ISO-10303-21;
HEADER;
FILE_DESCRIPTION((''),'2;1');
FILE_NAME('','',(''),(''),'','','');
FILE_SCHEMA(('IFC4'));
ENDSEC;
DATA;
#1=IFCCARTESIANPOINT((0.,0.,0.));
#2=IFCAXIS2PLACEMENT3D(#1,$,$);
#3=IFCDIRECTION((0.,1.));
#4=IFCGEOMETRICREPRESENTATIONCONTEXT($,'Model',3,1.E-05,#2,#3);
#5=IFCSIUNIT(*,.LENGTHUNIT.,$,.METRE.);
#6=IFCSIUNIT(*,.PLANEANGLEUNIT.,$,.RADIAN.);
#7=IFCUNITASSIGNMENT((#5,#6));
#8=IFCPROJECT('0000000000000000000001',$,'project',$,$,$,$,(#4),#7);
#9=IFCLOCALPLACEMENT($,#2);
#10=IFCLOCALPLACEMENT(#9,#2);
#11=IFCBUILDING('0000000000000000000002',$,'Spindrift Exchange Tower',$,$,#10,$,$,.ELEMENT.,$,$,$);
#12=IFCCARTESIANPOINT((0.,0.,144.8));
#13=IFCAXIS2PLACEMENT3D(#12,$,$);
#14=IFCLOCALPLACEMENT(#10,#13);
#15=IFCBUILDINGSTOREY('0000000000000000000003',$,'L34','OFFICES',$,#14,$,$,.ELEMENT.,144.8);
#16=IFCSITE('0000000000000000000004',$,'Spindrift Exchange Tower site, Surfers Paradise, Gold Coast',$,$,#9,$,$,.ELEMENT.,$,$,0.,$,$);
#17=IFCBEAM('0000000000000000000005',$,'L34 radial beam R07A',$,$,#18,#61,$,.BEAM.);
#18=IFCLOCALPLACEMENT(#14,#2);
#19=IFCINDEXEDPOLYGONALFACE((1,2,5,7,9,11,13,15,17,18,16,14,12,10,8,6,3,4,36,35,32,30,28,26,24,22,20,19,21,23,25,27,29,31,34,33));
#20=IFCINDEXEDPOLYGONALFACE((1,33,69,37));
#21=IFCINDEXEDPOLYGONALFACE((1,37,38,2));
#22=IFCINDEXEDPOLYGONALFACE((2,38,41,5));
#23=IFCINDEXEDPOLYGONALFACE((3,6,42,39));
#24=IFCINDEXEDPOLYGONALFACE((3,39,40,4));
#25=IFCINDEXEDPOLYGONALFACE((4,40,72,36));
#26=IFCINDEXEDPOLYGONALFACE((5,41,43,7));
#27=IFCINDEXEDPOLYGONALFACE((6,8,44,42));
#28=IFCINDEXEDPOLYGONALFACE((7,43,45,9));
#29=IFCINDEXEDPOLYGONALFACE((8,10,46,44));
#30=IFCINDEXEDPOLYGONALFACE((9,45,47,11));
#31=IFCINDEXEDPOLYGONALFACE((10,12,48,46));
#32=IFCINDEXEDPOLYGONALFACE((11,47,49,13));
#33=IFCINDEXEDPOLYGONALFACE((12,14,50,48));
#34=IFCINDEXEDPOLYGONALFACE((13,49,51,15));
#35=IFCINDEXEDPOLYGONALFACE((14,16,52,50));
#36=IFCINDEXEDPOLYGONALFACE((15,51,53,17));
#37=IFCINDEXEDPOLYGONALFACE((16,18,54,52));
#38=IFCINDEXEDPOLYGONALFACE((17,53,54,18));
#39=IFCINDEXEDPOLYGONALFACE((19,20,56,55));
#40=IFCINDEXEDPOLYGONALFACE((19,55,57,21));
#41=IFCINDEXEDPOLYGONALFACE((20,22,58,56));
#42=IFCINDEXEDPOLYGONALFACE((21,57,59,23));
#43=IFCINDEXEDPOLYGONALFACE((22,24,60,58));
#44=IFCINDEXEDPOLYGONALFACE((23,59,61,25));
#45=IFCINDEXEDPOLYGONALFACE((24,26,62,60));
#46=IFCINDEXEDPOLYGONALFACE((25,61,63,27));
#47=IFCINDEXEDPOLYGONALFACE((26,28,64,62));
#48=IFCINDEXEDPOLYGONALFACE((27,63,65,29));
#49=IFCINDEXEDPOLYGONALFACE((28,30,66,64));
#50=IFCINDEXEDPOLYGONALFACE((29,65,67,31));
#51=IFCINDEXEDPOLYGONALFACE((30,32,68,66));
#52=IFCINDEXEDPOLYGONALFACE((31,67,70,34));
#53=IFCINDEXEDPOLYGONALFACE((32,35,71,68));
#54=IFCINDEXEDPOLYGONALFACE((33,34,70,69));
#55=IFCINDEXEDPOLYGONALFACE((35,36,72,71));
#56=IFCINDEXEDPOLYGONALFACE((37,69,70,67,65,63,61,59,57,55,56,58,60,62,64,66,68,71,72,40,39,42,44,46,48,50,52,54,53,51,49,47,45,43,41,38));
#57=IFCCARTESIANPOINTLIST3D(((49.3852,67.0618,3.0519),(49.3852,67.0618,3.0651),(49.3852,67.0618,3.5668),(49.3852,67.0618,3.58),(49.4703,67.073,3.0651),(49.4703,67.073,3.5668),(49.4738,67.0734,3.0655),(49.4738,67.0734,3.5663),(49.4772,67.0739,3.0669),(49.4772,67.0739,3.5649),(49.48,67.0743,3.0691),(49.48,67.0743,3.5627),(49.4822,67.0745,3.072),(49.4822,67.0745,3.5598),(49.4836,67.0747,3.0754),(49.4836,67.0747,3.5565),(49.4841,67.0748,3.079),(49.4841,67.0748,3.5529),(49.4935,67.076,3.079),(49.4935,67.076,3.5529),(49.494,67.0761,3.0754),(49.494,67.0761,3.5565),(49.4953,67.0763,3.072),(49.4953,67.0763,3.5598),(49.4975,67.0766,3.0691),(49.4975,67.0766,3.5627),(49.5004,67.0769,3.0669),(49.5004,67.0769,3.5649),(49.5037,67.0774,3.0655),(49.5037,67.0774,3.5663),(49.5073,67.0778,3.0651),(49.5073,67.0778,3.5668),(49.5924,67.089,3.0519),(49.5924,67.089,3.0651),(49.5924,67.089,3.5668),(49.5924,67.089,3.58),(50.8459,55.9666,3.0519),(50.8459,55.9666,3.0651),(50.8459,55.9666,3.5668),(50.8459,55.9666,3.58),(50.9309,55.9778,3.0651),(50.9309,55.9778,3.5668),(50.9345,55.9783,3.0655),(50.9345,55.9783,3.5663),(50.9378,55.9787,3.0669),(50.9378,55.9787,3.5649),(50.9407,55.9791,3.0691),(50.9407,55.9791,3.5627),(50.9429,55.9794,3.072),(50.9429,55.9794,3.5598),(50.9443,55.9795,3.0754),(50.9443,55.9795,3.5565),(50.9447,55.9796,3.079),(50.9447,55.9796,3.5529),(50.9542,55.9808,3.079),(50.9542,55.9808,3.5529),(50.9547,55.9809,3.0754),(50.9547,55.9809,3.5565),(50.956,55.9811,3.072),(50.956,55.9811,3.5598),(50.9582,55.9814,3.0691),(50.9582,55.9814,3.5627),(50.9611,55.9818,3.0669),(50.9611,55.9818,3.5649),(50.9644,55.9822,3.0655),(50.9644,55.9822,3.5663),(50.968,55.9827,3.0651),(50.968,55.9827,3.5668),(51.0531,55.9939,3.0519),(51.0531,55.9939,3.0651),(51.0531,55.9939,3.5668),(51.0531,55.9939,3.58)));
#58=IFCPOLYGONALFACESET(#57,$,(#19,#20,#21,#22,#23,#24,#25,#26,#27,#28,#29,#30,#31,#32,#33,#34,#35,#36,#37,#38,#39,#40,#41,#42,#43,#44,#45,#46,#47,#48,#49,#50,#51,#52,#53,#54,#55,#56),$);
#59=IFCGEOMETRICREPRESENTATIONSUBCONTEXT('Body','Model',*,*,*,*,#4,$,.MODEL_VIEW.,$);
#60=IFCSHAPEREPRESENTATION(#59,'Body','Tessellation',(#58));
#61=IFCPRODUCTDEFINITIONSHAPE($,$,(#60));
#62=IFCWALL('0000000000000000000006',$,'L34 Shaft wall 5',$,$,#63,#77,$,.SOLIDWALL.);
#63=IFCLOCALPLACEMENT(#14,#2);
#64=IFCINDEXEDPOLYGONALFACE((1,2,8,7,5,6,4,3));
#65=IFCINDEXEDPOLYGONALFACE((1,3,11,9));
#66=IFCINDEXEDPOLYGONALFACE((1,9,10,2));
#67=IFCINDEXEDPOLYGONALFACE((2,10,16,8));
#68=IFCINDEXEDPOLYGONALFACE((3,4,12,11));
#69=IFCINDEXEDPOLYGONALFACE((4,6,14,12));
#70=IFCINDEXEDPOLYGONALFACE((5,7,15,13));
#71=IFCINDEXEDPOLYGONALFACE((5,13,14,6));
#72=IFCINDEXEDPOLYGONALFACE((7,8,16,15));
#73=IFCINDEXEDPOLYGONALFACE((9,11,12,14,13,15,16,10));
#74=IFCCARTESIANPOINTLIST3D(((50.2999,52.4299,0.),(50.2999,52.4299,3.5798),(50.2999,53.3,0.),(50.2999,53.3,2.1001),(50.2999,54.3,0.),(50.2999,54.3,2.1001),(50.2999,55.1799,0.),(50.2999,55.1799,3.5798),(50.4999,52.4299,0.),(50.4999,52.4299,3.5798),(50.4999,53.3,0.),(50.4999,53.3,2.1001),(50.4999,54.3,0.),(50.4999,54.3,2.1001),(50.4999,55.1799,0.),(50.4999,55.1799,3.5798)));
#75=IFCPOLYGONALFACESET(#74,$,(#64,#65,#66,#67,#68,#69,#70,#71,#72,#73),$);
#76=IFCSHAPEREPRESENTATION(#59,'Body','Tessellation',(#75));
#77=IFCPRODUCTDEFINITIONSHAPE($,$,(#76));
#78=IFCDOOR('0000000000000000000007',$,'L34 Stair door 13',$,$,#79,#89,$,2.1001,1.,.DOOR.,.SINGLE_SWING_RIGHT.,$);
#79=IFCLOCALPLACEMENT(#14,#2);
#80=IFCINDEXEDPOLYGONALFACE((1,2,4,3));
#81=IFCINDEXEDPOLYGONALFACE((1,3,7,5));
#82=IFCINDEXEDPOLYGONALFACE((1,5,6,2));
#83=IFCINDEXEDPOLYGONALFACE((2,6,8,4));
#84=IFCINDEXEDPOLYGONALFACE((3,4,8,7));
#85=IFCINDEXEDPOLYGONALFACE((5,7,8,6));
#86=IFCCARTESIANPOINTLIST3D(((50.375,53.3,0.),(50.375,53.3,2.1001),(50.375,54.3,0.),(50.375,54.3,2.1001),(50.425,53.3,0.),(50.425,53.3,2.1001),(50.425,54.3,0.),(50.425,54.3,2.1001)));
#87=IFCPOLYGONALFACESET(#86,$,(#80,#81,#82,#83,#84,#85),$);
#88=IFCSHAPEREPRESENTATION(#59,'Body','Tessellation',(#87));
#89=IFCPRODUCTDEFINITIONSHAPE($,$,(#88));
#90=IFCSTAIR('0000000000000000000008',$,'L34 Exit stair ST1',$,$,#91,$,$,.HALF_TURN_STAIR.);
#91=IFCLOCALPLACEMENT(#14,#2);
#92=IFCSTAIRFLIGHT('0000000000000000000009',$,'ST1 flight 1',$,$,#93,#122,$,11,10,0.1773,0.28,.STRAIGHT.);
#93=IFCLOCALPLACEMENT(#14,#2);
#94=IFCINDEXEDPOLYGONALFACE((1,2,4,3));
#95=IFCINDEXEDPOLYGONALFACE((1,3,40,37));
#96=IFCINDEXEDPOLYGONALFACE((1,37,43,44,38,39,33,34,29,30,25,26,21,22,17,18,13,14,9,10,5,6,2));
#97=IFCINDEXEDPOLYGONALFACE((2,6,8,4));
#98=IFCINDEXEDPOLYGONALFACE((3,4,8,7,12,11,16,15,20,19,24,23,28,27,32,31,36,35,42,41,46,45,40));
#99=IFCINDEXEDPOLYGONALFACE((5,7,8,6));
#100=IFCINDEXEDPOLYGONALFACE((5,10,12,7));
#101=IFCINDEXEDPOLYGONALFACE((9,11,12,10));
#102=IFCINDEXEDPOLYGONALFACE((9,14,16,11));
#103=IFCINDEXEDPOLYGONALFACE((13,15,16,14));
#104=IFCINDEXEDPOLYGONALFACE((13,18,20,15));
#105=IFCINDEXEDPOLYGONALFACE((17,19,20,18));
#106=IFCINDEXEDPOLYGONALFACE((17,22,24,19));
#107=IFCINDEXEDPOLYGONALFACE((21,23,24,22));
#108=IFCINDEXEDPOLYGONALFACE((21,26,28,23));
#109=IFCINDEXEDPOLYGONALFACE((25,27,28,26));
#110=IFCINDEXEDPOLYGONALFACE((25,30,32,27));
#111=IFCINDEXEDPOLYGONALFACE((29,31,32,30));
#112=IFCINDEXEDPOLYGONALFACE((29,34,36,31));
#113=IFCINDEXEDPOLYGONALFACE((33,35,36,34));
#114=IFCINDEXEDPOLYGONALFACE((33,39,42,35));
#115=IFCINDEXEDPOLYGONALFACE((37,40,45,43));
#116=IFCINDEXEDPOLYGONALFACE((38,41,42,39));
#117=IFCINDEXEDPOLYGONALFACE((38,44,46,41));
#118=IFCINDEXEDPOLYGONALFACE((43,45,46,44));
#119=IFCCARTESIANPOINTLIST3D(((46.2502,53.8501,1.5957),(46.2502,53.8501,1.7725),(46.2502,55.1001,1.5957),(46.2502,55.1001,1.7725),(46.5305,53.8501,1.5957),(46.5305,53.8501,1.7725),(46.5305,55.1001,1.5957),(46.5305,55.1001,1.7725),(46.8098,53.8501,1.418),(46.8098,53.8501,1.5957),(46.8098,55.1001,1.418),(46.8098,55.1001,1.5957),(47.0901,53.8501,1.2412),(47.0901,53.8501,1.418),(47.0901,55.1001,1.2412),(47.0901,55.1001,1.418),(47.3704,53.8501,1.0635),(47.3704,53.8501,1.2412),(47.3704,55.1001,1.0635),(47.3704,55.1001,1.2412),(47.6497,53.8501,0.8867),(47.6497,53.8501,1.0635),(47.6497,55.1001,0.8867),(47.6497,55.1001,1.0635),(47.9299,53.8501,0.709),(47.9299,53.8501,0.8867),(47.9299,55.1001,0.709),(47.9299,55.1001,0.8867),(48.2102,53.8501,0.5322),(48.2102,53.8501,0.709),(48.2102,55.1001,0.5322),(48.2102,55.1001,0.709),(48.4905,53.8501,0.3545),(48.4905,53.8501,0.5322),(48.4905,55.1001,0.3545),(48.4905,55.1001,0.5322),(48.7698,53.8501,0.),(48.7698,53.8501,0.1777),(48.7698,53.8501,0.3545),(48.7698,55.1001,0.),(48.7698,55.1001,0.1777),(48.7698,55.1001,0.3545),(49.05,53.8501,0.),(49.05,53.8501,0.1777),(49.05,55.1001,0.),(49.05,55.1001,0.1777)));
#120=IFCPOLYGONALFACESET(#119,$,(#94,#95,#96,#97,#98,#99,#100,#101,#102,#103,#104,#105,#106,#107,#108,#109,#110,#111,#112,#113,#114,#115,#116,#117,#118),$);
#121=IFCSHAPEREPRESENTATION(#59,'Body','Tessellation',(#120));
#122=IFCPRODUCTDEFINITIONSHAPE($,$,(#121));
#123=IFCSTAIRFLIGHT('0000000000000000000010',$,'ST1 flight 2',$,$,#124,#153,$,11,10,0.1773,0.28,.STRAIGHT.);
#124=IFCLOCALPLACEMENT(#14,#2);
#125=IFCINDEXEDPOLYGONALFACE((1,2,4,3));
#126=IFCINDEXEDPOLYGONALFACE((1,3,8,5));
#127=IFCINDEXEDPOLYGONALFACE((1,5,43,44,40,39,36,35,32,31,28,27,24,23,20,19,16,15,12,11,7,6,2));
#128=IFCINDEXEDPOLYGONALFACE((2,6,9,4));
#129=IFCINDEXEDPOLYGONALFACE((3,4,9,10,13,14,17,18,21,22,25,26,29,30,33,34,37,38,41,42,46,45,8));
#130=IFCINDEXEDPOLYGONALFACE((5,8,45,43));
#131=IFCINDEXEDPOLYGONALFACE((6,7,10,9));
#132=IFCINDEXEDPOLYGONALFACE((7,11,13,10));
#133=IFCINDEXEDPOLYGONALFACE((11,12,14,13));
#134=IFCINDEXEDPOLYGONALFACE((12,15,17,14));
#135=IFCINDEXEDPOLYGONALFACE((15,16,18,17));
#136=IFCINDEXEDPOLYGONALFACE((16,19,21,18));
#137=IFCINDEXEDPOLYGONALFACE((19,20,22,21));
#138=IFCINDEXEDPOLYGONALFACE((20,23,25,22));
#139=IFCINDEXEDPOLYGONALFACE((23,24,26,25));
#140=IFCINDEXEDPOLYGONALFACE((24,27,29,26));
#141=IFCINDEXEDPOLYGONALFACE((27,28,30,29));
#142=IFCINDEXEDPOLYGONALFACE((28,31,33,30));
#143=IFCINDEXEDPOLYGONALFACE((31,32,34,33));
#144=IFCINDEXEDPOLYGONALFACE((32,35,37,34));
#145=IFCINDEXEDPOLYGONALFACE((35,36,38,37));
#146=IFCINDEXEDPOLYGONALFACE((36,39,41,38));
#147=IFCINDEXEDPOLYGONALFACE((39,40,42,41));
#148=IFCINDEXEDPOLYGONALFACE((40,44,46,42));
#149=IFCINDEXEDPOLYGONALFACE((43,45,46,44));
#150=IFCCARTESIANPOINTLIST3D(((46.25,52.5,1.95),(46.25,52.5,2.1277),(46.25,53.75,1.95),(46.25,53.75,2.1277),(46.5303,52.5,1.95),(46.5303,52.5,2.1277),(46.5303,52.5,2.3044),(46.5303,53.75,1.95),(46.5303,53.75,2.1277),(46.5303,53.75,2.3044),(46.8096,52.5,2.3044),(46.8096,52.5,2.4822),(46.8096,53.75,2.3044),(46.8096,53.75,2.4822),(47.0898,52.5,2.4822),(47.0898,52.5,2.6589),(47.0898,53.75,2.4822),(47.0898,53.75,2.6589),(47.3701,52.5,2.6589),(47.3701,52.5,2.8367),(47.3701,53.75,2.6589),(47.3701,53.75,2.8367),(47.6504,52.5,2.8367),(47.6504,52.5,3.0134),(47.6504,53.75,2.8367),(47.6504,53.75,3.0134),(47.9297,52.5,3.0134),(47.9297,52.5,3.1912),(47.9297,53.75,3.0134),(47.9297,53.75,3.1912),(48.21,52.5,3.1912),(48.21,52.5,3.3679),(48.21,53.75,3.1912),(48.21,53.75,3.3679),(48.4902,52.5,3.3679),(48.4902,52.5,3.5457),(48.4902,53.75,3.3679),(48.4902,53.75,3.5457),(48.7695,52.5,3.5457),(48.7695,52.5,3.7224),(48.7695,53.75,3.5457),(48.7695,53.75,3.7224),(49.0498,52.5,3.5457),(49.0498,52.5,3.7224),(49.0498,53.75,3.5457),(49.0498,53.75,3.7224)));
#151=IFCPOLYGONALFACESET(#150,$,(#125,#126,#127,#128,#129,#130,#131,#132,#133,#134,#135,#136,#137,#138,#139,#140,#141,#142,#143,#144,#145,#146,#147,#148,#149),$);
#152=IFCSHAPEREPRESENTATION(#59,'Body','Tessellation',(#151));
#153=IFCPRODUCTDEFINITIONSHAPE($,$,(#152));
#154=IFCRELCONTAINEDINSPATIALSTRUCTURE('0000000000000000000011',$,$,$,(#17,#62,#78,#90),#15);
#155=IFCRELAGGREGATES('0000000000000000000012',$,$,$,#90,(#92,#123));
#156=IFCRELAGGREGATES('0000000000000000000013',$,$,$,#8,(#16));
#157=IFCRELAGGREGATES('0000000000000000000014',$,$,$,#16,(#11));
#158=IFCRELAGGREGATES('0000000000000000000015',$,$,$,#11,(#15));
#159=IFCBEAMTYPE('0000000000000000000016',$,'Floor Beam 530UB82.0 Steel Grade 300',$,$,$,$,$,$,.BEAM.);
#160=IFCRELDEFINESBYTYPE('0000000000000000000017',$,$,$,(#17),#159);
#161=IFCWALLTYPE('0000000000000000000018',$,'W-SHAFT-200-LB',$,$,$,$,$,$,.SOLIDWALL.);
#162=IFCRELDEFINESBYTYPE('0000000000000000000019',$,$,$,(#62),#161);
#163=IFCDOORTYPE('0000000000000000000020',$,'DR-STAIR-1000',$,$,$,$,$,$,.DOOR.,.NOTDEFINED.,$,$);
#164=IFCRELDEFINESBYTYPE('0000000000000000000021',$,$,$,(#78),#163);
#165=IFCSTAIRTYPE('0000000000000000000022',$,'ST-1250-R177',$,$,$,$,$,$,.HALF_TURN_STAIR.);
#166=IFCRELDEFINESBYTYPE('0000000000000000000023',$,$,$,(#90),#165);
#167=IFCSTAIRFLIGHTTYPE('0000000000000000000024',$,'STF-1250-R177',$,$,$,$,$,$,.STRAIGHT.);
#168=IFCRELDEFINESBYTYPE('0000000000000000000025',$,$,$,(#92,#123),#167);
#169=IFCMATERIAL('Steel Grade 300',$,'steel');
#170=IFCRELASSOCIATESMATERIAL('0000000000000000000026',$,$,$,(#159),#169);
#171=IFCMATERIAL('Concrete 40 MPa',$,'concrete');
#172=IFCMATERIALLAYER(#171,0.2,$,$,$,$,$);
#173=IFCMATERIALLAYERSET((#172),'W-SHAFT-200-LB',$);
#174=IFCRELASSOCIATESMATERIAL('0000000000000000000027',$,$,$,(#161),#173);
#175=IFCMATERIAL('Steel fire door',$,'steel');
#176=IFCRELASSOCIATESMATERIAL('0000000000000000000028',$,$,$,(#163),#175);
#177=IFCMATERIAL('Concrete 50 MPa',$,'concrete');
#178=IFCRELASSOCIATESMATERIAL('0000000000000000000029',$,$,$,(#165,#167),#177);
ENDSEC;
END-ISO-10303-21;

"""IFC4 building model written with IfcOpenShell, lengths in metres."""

from ifc_helpers import new_model, si_unit, direction, frame, frame_2d, origin, origin_2d, place, context, subcontext, project, spatial, line, indexed_curve, rectangle, i_section, outline, extrude, source, transform, mapped, material, layer, layer_set, material_profile, profile_set, type_object, element, fill, aggregate, save


model = new_model("IFC4")

# Units and contexts
model_context = context("Model", 3, precision=1e-05, world=origin(), true_north=direction((0.0, 1.0)))
body_context = subcontext(model_context, "Body", "Model", "MODEL_VIEW")
ifc_project = project(units=[si_unit("LENGTHUNIT", "METRE"), si_unit("PLANEANGLEUNIT", "RADIAN")], contexts=[model_context])

# Site, building, storey
site_placement = place(None, origin())
site = spatial("IfcSite", under=ifc_project, at=site_placement, Name="Spindrift Exchange Tower site, Surfers Paradise, Gold Coast", CompositionType="ELEMENT", RefElevation=0.0)
building_placement = place(site_placement, origin())
building = spatial("IfcBuilding", under=site, at=building_placement, Name="Spindrift Exchange Tower", CompositionType="ELEMENT")
storey_placement = place(building_placement, frame((0.0, 0.0, 144.8)))
storey = spatial("IfcBuildingStorey", under=building, at=storey_placement, Name="L34", Description="OFFICES", CompositionType="ELEMENT", Elevation=144.8)

# Beam
ifc_material_1 = material(Name="Steel Grade 300", Category="steel")
ifc_material_profile = material_profile(ifc_material_1, i_section(OverallWidth=0.209, OverallDepth=0.5281, WebThickness=0.0095, FlangeThickness=0.0132, FilletRadius=0.0139, at=origin_2d()), Name="530UB82.0")
ifc_profile_set = profile_set([ifc_material_profile], Name="Steel Grade 300")
beam_type = type_object("IfcBeamType", Name="Floor Beam 530UB82.0 Steel Grade 300", PredefinedType="BEAM", material=ifc_profile_set)
shared_shape_1 = source(origin(), body_context, "Body", "SweptSolid", [
    extrude(i_section(OverallWidth=0.209, OverallDepth=0.5281, WebThickness=0.0095, FlangeThickness=0.0132, FilletRadius=0.0139, at=origin_2d()), origin(), (0.0, 0.0, 1.0), 11.1909),
])
beam_placement = place(storey_placement, frame((50.9495, 55.9802, 3.3159), z_axis=(-0.130524, 0.991445, 0.0), x_axis=(-0.991445, -0.130524, 0.0)))
element("IfcBeam", 1, at=beam_placement, inside=storey, type_object=beam_type, Name="L34 radial beam R07A", PredefinedType="BEAM", context=body_context, shape_type="MappedRepresentation", body=[
    mapped(shared_shape_1, transform((0.0, 0.0, 0.0), scale=1.0)),
])

# Wall, opening, door
ifc_material_2 = material(Name="Concrete 40 MPa", Category="concrete")
ifc_layer = layer(ifc_material_2, 0.2)
ifc_layer_set = layer_set([ifc_layer], Name="W-SHAFT-200-LB")
wall_type = type_object("IfcWallType", Name="W-SHAFT-200-LB", PredefinedType="SOLIDWALL", material=ifc_layer_set)
wall_placement = place(storey_placement, frame((50.3999, 52.4299, 0.0), z_axis=(0.0, 0.0, 1.0), x_axis=(0.0, 1.0, 0.0)))
wall = element("IfcWall", 2, at=wall_placement, inside=storey, type_object=wall_type, Name="L34 Shaft wall 5", PredefinedType="SOLIDWALL", context=body_context, shape_type="SweptSolid", body=[
    extrude(rectangle(XDim=2.75, YDim=0.2, at=frame_2d((1.375, 0.0))), origin(), (0.0, 0.0, 1.0), 3.5798),
])
opening_placement = place(wall_placement, frame((0.8701, 0.0, 0.0)))
opening = element("IfcOpeningElement", 3, at=opening_placement, cuts=wall, PredefinedType="OPENING", context=body_context, shape_type="SweptSolid", body=[
    extrude(rectangle(XDim=1.0, YDim=2.1001, at=frame_2d((0.5, 1.05))), frame((0.0, 0.1099, 0.0), z_axis=(0.0, -1.0, 0.0), x_axis=(1.0, 0.0, 0.0)), (0.0, 0.0, 1.0), 0.22),
])
ifc_material_3 = material(Name="Steel fire door", Category="steel")
door_type = type_object("IfcDoorType", Name="DR-STAIR-1000", OperationType="NOTDEFINED", PredefinedType="DOOR", material=ifc_material_3)
shared_shape_2 = source(origin(), body_context, "Body", "SweptSolid", [
    extrude(rectangle(XDim=1.0, YDim=2.1001, at=frame_2d((0.5, 1.05))), frame((0.0, 0.0249, 0.0), z_axis=(0.0, -1.0, 0.0), x_axis=(1.0, 0.0, 0.0)), (0.0, 0.0, 1.0), 0.05),
])
door_placement = place(opening_placement, origin())
door = element("IfcDoor", 4, at=door_placement, inside=storey, type_object=door_type, Name="L34 Stair door 13", OperationType="SINGLE_SWING_RIGHT", OverallHeight=2.1001, OverallWidth=1.0, PredefinedType="DOOR", context=body_context, shape_type="MappedRepresentation", body=[
    mapped(shared_shape_2, transform((0.0, 0.0, 0.0), scale=1.0)),
])
fill(opening, door)

# Stair, stair flights
ifc_material_4 = material(Name="Concrete 50 MPa", Category="concrete")
stair_type = type_object("IfcStairType", Name="ST-1250-R177", PredefinedType="HALF_TURN_STAIR", material=ifc_material_4)
stair_placement = place(storey_placement, origin())
stair = element("IfcStair", 5, at=stair_placement, inside=storey, type_object=stair_type, Name="L34 Exit stair ST1", PredefinedType="HALF_TURN_STAIR")
stair_flight_type = type_object("IfcStairFlightType", Name="STF-1250-R177", PredefinedType="STRAIGHT", material=ifc_material_4)
stair_flight_1_placement = place(storey_placement, frame((49.05, 54.4751, 0.0), z_axis=(0.0, 0.0, 1.0), x_axis=(-1.0, 0.0, 0.0)))
stair_flight_1 = element("IfcStairFlight", 6, at=stair_flight_1_placement, type_object=stair_flight_type, Name="ST1 flight 1", NumberOfRisers=11, NumberOfTreads=10, PredefinedType="STRAIGHT", RiserHeight=0.1773, TreadLength=0.28, context=body_context, shape_type="SweptSolid", body=[
    extrude(outline(indexed_curve([(0.0, 0.0), (0.0, 0.1777), (0.2803, 0.1777), (0.2803, 0.3545), (0.5596, 0.3545), (0.5596, 0.5322), (0.8398, 0.5322), (0.8398, 0.709), (1.1201, 0.709), (1.1201, 0.8867), (1.4004, 0.8867), (1.4004, 1.0635), (1.6797, 1.0635), (1.6797, 1.2412), (1.96, 1.2412), (1.96, 1.418), (2.2402, 1.418), (2.2402, 1.5957), (2.5195, 1.5957), (2.5195, 1.7725), (2.7998, 1.7725), (2.7998, 1.9502), (2.7998, 1.5957), (0.2803, 0.0)], segments=[line(1, 2, 3, 4, 5, 6, 7, 8, 9, 10, 11, 12, 13, 14, 15, 16, 17, 18, 19, 20, 21, 22, 23, 24, 1)], self_intersect=False)), frame((0.0, 0.625, 0.0), z_axis=(0.0, -1.0, 0.0), x_axis=(1.0, 0.0, 0.0)), (0.0, 0.0, 1.0), 1.25),
])
stair_flight_2_placement = place(storey_placement, frame((46.25, 53.125, 1.95), z_axis=(0.0, 0.0, 1.0), x_axis=(1.0, 0.0, 0.0)))
stair_flight_2 = element("IfcStairFlight", 7, at=stair_flight_2_placement, type_object=stair_flight_type, Name="ST1 flight 2", NumberOfRisers=11, NumberOfTreads=10, PredefinedType="STRAIGHT", RiserHeight=0.1773, TreadLength=0.28, context=body_context, shape_type="SweptSolid", body=[
    extrude(outline(indexed_curve([(0.0, 0.0), (0.0, 0.1777), (0.2803, 0.1777), (0.2803, 0.3545), (0.5596, 0.3545), (0.5596, 0.5322), (0.8398, 0.5322), (0.8398, 0.709), (1.1201, 0.709), (1.1201, 0.8867), (1.4004, 0.8867), (1.4004, 1.0635), (1.6797, 1.0635), (1.6797, 1.2412), (1.96, 1.2412), (1.96, 1.418), (2.2402, 1.418), (2.2402, 1.5957), (2.5195, 1.5957), (2.5195, 1.7725), (2.7998, 1.7725), (2.7998, 1.9502), (2.7998, 1.5957), (0.2803, 0.0)], segments=[line(1, 2, 3, 4, 5, 6, 7, 8, 9, 10, 11, 12, 13, 14, 15, 16, 17, 18, 19, 20, 21, 22, 23, 24, 1)], self_intersect=False)), frame((0.0, 0.625, 0.0), z_axis=(0.0, -1.0, 0.0), x_axis=(1.0, 0.0, 0.0)), (0.0, 0.0, 1.0), 1.25),
])
aggregate(stair, [stair_flight_1, stair_flight_2])

save(model, "model.ifc")
